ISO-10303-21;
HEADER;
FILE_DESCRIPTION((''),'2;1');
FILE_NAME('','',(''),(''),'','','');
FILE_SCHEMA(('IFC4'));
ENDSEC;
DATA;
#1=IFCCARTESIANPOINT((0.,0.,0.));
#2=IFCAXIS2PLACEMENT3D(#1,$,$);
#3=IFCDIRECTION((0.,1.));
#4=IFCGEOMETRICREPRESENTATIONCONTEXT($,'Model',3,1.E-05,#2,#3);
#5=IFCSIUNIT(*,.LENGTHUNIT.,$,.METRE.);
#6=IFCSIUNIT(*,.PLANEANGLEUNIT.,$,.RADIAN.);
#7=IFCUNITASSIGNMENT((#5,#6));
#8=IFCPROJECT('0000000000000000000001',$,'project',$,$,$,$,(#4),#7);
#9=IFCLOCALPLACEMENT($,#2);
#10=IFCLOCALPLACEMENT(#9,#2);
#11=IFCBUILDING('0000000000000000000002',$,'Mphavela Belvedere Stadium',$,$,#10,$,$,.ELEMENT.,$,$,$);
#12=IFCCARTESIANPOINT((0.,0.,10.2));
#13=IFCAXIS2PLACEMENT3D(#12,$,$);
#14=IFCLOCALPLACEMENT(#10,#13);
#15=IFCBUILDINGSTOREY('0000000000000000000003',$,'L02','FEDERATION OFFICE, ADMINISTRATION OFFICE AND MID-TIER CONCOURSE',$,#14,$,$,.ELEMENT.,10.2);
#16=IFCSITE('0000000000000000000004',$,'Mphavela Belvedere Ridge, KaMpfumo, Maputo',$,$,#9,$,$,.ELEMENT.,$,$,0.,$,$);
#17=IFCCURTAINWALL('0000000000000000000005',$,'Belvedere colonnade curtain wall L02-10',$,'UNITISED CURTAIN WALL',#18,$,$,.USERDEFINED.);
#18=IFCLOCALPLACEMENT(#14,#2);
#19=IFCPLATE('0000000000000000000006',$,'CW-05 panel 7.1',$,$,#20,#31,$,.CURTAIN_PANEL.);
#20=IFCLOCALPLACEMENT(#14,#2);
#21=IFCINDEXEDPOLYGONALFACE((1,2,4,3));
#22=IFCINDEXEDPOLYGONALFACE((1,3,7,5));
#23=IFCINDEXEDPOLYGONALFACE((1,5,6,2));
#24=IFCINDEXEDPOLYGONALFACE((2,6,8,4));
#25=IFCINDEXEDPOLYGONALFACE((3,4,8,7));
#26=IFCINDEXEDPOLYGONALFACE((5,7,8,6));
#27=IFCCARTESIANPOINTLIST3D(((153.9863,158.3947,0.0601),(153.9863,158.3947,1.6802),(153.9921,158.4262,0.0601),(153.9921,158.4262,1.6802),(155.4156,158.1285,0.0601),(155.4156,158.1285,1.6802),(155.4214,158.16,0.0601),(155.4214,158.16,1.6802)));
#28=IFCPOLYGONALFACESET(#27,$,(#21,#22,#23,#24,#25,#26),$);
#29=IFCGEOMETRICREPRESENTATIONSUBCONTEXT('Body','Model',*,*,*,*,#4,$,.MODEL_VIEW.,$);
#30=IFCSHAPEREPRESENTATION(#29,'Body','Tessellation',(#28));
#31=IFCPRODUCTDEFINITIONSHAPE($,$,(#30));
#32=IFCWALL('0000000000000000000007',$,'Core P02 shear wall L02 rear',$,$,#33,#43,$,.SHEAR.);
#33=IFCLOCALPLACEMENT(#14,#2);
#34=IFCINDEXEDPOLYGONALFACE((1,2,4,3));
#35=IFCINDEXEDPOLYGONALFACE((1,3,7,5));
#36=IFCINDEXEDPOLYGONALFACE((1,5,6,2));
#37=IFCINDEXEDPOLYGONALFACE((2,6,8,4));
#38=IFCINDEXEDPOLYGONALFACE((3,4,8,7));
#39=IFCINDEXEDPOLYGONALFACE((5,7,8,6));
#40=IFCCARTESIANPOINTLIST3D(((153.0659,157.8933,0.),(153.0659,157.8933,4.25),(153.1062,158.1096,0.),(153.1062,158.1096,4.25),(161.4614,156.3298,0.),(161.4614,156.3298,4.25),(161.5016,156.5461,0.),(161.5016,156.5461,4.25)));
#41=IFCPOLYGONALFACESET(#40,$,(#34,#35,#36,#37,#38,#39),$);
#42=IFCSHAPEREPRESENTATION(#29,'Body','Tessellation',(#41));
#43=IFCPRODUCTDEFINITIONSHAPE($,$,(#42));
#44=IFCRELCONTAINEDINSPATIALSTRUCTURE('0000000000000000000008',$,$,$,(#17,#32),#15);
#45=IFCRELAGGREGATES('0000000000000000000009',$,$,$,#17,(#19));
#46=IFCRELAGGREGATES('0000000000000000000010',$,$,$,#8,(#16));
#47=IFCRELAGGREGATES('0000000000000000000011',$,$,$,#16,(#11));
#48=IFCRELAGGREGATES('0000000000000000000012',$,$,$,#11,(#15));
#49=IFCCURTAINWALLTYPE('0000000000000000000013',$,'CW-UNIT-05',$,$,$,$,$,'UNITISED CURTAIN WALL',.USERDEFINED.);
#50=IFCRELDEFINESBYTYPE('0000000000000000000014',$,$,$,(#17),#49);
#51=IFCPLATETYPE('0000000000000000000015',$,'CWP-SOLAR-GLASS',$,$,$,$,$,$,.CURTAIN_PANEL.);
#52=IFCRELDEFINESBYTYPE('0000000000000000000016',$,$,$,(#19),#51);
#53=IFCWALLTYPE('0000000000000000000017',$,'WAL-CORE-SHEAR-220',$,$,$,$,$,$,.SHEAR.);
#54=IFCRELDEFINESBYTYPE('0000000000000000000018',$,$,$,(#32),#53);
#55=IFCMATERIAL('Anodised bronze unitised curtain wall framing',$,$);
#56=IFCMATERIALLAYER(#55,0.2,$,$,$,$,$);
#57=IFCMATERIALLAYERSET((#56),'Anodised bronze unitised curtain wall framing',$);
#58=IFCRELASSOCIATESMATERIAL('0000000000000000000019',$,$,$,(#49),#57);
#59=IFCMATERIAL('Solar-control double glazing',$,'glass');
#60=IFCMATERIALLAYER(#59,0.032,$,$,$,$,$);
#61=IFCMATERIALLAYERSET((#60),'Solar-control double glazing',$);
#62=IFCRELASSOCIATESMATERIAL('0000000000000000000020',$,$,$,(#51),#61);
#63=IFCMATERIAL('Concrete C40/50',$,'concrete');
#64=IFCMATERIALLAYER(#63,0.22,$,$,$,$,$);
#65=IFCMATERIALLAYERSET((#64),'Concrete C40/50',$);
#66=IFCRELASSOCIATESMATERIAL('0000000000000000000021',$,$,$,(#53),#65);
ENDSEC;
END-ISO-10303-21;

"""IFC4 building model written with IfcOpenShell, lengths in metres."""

from ifc_helpers import new_model, si_unit, direction, frame, frame_2d, origin, origin_2d, place, context, subcontext, project, spatial, rectangle, extrude, material, layer, layer_set, type_object, element, aggregate, save


model = new_model("IFC4")

# Units and contexts
model_context = context("Model", 3, precision=1e-05, world=origin(), true_north=direction((0.0, 1.0)))
body_context = subcontext(model_context, "Body", "Model", "MODEL_VIEW")
ifc_project = project(units=[si_unit("LENGTHUNIT", "METRE"), si_unit("PLANEANGLEUNIT", "RADIAN")], contexts=[model_context])

# Site, building, storey
site_placement = place(None, origin())
site = spatial("IfcSite", under=ifc_project, at=site_placement, Name="Mphavela Belvedere Ridge, KaMpfumo, Maputo", CompositionType="ELEMENT", RefElevation=0.0)
building_placement = place(site_placement, origin())
building = spatial("IfcBuilding", under=site, at=building_placement, Name="Mphavela Belvedere Stadium", CompositionType="ELEMENT")
storey_placement = place(building_placement, frame((0.0, 0.0, 10.2)))
storey = spatial("IfcBuildingStorey", under=building, at=storey_placement, Name="L02", Description="FEDERATION OFFICE, ADMINISTRATION OFFICE AND MID-TIER CONCOURSE", CompositionType="ELEMENT", Elevation=10.2)

# Curtain wall, plate
ifc_material_1 = material(Name="Anodised bronze unitised curtain wall framing")
ifc_layer_1 = layer(ifc_material_1, 0.2)
ifc_layer_set_1 = layer_set([ifc_layer_1], Name="Anodised bronze unitised curtain wall framing")
curtain_wall_type = type_object("IfcCurtainWallType", Name="CW-UNIT-05", ElementType="UNITISED CURTAIN WALL", PredefinedType="USERDEFINED", material=ifc_layer_set_1)
curtain_wall_placement = place(storey_placement, origin())
curtain_wall = element("IfcCurtainWall", 1, at=curtain_wall_placement, inside=storey, type_object=curtain_wall_type, Name="Belvedere colonnade curtain wall L02-10", ObjectType="UNITISED CURTAIN WALL", PredefinedType="USERDEFINED")
ifc_material_2 = material(Name="Solar-control double glazing", Category="glass")
ifc_layer_2 = layer(ifc_material_2, 0.032)
ifc_layer_set_2 = layer_set([ifc_layer_2], Name="Solar-control double glazing")
plate_type = type_object("IfcPlateType", Name="CWP-SOLAR-GLASS", PredefinedType="CURTAIN_PANEL", material=ifc_layer_set_2)
plate_1_placement = place(storey_placement, frame((154.7039, 158.2773, 0.0601), z_axis=(0.0, 0.0, 1.0), x_axis=(-0.983097, 0.183085, 0.0)))
plate_1 = element("IfcPlate", 2, at=plate_1_placement, type_object=plate_type, Name="CW-05 panel 7.1", PredefinedType="CURTAIN_PANEL", context=body_context, shape_type="SweptSolid", body=[
    extrude(rectangle(XDim=1.4539, YDim=0.032, at=origin_2d()), origin(), (0.0, 0.0, 1.0), 1.6201),
])
aggregate(curtain_wall, [plate_1])

# Wall
ifc_material_3 = material(Name="Concrete C40/50", Category="concrete")
ifc_layer_3 = layer(ifc_material_3, 0.22)
ifc_layer_set_3 = layer_set([ifc_layer_3], Name="Concrete C40/50")
wall_type = type_object("IfcWallType", Name="WAL-CORE-SHEAR-220", PredefinedType="SHEAR", material=ifc_layer_set_3)
wall_placement = place(storey_placement, frame((153.0859, 158.0015, 0.0), z_axis=(0.0, 0.0, 1.0), x_axis=(0.983098, -0.18308, 0.0)))
element("IfcWall", 3, at=wall_placement, inside=storey, type_object=wall_type, Name="Core P02 shear wall L02 rear", PredefinedType="SHEAR", context=body_context, shape_type="SweptSolid", body=[
    extrude(rectangle(XDim=8.5398, YDim=0.22, at=frame_2d((4.27, 0.0))), origin(), (0.0, 0.0, 1.0), 4.25),
])

save(model, "model.ifc")
